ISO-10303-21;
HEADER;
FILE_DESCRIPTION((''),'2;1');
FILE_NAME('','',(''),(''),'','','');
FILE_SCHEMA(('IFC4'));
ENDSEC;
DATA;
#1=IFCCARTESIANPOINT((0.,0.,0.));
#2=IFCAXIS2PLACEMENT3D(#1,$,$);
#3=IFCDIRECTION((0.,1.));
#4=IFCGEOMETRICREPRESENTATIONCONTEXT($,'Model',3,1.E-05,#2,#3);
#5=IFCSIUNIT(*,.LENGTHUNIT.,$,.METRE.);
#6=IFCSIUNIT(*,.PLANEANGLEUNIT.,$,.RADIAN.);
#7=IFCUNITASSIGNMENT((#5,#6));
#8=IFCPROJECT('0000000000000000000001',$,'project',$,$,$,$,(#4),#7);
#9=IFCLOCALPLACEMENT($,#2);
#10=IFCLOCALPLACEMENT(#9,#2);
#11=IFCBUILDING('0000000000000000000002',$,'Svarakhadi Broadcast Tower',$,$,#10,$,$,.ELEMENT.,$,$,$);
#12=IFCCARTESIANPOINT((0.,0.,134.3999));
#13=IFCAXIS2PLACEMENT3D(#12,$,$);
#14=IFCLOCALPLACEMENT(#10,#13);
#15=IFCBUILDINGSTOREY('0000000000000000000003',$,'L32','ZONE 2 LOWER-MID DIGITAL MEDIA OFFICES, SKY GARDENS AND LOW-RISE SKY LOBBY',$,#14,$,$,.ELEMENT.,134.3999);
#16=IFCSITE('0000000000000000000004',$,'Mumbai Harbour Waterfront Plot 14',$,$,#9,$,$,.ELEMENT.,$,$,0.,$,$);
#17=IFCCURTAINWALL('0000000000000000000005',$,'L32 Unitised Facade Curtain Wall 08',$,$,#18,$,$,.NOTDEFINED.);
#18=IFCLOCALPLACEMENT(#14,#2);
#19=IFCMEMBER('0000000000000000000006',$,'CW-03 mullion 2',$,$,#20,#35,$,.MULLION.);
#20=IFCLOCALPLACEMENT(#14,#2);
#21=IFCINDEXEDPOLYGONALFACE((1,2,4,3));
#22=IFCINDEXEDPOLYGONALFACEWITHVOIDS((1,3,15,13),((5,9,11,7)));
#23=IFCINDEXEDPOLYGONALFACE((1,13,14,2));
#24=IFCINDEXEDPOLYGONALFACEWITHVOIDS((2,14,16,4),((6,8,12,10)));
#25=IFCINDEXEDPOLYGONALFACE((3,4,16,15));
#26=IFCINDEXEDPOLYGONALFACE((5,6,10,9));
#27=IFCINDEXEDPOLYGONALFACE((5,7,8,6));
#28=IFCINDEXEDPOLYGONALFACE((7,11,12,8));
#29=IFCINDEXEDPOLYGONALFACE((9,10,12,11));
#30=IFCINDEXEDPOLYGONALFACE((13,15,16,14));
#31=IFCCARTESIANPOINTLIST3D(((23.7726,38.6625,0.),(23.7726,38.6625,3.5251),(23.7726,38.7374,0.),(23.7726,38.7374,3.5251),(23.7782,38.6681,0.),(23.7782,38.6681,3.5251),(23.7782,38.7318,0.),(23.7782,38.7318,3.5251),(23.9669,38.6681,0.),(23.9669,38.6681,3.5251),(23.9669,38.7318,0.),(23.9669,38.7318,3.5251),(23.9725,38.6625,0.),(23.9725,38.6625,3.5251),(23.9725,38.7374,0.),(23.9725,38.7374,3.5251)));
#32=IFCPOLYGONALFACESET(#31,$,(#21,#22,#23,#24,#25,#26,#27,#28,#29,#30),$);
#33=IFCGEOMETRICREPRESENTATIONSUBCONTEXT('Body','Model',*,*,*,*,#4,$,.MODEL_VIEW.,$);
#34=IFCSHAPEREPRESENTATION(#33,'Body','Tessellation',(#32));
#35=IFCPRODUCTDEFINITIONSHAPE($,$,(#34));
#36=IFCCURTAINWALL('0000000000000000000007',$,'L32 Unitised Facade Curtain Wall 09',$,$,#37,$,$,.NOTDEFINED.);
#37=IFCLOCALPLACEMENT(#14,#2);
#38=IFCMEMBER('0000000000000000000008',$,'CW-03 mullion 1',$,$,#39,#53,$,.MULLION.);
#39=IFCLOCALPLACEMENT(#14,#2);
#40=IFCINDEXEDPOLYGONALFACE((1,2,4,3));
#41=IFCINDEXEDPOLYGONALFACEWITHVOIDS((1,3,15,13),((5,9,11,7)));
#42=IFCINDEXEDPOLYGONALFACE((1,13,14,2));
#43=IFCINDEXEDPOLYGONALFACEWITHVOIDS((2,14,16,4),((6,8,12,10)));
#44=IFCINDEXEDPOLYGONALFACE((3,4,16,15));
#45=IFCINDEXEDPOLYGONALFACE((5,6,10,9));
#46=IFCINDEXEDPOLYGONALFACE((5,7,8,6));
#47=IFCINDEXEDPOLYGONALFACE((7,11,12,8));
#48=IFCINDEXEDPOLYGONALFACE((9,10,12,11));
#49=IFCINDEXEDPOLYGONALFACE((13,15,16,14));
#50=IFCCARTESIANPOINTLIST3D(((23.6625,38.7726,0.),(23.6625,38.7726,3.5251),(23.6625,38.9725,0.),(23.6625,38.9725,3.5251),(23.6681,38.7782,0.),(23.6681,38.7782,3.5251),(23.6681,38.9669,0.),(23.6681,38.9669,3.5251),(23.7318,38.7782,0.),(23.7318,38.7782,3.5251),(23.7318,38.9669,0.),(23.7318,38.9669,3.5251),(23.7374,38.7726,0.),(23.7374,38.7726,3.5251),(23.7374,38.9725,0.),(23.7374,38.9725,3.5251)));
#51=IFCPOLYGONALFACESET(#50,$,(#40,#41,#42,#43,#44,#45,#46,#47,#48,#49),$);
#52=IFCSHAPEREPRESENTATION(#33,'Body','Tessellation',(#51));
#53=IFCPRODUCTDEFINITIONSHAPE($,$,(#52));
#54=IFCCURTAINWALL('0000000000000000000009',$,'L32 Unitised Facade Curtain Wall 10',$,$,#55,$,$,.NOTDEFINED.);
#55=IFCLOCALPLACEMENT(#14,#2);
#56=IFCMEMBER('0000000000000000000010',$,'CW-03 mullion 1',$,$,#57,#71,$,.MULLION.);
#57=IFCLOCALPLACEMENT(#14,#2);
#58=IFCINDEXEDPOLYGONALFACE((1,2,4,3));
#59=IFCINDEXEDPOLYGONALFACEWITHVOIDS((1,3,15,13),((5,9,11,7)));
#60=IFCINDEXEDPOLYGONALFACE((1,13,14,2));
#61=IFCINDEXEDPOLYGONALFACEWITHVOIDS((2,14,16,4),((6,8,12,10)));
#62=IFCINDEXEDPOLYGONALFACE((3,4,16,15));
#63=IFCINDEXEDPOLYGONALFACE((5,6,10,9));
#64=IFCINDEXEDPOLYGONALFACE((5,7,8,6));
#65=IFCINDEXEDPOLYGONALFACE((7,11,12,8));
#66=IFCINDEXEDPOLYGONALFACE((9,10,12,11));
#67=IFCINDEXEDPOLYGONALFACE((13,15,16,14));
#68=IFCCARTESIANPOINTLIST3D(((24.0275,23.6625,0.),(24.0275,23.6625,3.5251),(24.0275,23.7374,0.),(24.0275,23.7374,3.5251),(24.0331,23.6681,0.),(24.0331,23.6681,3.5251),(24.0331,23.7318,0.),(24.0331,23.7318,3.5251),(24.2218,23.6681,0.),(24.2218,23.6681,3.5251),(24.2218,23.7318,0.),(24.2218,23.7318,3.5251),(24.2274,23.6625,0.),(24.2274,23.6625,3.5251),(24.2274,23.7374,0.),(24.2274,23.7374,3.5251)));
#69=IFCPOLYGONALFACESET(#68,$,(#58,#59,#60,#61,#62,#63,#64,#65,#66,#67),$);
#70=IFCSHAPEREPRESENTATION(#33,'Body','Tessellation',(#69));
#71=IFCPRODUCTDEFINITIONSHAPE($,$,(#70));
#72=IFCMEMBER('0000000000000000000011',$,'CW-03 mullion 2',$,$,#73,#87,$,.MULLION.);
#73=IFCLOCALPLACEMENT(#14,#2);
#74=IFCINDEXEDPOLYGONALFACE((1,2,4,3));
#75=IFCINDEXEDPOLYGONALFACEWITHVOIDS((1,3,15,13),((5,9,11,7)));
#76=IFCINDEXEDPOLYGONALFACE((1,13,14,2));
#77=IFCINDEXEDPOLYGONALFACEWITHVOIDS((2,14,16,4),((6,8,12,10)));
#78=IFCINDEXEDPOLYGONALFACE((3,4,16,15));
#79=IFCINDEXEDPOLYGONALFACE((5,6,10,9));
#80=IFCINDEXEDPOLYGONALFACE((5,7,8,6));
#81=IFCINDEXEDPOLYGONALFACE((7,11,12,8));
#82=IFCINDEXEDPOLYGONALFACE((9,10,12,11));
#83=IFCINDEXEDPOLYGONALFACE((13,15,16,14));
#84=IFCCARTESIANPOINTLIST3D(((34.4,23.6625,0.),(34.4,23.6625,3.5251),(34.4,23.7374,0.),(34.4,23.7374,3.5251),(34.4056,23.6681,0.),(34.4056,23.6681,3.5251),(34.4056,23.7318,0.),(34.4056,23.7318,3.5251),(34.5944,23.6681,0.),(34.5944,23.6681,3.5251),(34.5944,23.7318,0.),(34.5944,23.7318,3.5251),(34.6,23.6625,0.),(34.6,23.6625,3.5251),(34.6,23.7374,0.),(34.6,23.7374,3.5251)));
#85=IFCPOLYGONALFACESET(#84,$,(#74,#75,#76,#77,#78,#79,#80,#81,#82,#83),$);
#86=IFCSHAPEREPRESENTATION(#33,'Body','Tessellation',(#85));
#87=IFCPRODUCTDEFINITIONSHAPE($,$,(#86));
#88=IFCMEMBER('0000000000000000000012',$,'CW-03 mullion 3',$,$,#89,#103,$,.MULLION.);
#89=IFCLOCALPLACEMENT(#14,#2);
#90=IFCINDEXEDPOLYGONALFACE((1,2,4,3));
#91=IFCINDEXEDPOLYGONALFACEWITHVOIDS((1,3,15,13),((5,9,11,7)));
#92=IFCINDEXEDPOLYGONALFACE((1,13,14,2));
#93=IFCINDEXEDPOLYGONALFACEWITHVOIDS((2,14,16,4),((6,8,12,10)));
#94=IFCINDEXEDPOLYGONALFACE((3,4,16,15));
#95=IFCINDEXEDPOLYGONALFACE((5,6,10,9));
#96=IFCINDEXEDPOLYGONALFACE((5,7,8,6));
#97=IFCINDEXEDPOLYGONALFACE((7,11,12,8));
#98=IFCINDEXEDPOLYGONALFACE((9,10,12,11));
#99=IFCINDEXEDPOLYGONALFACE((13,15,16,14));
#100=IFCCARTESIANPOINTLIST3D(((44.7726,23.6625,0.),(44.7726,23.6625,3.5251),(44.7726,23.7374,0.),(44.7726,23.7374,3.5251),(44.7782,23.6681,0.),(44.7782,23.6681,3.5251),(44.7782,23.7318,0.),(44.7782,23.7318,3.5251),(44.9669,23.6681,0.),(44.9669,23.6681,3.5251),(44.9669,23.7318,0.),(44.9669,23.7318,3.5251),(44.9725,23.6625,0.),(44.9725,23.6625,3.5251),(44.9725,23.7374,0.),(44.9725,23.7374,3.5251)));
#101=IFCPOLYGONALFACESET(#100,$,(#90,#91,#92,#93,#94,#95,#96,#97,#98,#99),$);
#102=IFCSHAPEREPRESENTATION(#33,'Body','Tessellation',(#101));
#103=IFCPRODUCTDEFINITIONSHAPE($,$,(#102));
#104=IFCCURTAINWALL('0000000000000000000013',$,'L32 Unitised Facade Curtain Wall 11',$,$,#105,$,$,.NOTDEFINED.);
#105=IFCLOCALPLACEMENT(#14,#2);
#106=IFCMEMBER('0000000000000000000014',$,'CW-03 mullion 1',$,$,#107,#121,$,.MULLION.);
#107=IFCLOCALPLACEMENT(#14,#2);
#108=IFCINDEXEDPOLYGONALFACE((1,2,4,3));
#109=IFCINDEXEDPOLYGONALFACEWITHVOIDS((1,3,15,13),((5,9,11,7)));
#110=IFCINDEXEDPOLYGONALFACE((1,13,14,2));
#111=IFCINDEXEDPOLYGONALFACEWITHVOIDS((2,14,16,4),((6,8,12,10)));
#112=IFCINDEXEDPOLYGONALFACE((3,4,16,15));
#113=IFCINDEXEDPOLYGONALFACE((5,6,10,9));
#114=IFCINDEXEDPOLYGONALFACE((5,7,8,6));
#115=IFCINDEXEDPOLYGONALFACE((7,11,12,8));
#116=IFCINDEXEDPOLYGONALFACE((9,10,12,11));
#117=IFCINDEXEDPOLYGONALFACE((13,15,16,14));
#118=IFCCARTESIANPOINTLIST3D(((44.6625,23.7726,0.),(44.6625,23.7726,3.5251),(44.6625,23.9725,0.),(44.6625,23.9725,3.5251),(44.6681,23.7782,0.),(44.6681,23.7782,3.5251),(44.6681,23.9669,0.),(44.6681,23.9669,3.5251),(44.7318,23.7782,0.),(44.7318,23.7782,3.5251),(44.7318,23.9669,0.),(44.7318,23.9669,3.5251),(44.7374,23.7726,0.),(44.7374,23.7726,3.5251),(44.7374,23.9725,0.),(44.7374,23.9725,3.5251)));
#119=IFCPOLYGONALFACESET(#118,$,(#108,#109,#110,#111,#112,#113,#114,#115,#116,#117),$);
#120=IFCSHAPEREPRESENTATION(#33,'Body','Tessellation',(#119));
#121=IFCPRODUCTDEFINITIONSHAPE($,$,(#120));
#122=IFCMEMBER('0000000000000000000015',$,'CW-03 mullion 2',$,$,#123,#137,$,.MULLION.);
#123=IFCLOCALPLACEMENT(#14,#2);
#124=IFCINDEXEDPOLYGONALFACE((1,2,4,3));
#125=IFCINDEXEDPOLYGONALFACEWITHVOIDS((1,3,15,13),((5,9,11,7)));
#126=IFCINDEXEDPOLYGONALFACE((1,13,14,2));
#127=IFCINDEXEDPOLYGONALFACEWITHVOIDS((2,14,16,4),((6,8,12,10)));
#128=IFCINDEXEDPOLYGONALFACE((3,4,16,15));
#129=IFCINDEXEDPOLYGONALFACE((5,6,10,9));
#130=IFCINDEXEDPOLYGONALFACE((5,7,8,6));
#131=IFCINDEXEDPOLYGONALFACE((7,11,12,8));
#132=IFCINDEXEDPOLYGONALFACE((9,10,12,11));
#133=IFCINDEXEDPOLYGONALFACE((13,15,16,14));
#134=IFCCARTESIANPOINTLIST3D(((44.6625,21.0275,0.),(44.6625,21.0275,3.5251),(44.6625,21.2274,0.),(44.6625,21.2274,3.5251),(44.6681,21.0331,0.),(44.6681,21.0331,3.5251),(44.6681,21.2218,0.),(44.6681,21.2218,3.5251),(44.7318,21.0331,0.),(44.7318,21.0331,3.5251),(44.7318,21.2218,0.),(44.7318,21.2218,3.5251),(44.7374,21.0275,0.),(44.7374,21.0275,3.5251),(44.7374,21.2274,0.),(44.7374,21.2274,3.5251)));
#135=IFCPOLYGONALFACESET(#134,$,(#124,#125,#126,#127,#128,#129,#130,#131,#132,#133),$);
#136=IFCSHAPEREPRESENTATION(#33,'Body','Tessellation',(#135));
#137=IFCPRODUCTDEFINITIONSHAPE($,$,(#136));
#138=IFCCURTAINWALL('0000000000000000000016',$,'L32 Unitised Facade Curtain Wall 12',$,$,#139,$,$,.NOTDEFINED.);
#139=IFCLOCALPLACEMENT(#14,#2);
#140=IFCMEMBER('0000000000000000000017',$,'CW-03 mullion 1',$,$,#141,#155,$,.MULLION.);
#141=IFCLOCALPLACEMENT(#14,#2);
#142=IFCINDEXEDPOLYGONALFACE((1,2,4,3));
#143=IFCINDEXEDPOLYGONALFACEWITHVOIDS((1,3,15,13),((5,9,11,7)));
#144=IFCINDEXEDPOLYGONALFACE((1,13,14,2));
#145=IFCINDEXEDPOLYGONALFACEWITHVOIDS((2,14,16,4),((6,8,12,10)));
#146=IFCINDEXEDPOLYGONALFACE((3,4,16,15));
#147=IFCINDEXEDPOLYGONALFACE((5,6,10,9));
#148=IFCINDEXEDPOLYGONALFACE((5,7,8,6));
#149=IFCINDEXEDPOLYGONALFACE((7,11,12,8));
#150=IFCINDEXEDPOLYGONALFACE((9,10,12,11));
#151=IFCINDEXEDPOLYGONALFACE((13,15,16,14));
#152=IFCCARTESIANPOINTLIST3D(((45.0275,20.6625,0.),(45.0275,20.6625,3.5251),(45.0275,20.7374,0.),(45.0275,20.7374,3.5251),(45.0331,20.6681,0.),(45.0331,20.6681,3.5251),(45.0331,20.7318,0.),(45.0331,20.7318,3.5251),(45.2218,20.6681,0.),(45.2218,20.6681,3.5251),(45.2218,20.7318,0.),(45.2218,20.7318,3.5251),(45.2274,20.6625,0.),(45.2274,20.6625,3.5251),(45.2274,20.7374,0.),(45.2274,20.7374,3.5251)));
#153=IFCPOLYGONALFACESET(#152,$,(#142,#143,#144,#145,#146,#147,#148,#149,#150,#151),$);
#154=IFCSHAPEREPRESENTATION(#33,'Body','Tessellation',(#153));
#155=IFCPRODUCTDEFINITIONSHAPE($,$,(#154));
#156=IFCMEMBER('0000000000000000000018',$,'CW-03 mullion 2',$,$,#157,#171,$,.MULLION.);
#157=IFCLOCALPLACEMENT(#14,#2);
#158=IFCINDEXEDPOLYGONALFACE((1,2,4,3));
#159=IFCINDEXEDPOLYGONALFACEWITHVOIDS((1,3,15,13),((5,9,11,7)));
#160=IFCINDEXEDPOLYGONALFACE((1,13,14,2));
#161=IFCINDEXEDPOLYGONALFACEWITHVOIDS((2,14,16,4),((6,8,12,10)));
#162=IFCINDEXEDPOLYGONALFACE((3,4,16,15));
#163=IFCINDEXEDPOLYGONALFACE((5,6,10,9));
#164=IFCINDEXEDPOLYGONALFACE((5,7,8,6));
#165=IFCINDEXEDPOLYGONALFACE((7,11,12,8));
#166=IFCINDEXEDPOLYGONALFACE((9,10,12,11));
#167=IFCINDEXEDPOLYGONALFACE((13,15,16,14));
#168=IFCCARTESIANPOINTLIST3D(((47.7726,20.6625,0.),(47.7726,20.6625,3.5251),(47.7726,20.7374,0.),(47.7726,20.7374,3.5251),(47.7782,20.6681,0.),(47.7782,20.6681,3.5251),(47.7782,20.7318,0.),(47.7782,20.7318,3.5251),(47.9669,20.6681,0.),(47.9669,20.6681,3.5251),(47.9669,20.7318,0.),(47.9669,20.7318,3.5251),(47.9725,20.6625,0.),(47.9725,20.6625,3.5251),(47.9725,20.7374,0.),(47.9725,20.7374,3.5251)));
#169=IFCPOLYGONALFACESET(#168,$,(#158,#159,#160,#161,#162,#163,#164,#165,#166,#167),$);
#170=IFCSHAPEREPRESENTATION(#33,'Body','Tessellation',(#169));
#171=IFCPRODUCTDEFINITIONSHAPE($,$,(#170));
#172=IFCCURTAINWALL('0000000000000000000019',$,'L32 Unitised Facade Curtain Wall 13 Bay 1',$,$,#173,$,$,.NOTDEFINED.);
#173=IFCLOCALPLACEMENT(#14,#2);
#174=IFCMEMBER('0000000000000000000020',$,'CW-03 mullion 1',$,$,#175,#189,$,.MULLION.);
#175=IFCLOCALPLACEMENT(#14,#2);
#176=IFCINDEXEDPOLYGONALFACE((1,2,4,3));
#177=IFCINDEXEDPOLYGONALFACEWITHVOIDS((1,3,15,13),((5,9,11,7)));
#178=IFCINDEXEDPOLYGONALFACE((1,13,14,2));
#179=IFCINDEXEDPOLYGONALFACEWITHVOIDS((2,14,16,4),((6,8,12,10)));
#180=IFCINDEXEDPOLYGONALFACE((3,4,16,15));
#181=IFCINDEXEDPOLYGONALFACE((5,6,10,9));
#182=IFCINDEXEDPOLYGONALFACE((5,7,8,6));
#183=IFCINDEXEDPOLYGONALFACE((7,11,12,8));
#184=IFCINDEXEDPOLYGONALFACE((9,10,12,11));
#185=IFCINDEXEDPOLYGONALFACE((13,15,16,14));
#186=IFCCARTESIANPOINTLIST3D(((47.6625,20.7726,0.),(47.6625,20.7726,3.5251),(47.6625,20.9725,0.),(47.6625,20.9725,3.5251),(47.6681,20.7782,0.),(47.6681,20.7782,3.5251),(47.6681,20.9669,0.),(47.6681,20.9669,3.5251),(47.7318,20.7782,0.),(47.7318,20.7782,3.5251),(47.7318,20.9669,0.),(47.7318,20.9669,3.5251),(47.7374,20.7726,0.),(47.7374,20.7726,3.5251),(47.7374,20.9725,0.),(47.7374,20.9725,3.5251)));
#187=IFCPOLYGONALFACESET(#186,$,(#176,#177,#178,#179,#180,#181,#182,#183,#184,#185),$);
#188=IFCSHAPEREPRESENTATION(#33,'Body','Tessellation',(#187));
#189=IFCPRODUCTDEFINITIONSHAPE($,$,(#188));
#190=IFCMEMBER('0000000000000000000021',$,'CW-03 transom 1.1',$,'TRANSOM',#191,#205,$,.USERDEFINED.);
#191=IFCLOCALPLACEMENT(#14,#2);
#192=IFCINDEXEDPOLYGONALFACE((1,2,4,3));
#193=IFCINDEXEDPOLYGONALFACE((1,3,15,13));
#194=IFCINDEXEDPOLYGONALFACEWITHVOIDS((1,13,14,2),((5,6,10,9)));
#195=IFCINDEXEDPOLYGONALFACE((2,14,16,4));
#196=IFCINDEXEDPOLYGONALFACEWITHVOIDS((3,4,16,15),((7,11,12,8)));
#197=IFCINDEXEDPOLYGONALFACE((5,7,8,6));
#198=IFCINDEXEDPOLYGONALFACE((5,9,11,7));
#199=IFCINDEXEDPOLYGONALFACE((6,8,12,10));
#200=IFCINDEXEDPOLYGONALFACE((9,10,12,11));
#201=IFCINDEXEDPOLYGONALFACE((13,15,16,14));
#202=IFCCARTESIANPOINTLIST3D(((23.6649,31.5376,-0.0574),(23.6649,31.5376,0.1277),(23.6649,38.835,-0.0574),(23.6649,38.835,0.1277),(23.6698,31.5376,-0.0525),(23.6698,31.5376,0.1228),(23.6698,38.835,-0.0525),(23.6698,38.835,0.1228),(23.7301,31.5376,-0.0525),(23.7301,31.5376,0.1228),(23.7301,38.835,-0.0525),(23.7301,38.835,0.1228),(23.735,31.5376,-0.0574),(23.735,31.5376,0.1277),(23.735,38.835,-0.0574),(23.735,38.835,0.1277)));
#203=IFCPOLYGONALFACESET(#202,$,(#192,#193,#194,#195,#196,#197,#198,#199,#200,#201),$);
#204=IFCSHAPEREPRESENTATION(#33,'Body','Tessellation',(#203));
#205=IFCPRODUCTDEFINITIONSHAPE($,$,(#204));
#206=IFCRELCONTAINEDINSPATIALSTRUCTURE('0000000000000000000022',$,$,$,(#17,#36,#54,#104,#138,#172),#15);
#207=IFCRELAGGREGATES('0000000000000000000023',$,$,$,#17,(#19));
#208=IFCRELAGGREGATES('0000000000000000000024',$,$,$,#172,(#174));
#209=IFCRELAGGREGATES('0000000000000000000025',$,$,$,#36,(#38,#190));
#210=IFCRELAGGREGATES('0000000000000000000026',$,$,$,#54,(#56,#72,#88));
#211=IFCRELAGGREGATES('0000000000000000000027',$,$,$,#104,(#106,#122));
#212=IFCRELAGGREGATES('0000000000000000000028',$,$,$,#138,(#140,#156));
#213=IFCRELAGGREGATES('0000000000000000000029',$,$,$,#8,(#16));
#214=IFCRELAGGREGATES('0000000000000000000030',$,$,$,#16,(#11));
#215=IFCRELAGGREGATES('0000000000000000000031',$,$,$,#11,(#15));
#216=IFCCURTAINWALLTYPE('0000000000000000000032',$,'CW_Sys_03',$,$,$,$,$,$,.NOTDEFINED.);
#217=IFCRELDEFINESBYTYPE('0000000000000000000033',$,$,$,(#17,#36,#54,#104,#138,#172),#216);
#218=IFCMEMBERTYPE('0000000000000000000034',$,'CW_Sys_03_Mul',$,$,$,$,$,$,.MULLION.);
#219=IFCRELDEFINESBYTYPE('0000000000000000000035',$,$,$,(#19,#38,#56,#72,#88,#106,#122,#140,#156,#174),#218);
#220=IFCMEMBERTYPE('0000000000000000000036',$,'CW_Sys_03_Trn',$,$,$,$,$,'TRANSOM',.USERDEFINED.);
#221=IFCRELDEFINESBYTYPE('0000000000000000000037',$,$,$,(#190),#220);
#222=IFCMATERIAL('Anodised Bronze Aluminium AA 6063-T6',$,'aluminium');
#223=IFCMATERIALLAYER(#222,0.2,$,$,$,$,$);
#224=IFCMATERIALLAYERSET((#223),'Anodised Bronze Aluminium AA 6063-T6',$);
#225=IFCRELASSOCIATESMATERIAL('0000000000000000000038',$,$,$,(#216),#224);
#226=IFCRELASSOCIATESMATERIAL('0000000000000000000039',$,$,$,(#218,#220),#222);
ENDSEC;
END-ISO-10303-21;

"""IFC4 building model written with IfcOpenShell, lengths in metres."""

from ifc_helpers import new_model, si_unit, direction, frame, origin, origin_2d, place, context, subcontext, project, spatial, hollow_rectangle, extrude, material, layer, layer_set, material_profile, profile_set, type_object, element, aggregate, save


model = new_model("IFC4")

# Units and contexts
model_context = context("Model", 3, precision=1e-05, world=origin(), true_north=direction((0.0, 1.0)))
body_context = subcontext(model_context, "Body", "Model", "MODEL_VIEW")
ifc_project = project(units=[si_unit("LENGTHUNIT", "METRE"), si_unit("PLANEANGLEUNIT", "RADIAN")], contexts=[model_context])

# Site, building, storey
site_placement = place(None, origin())
site = spatial("IfcSite", under=ifc_project, at=site_placement, Name="Mumbai Harbour Waterfront Plot 14", CompositionType="ELEMENT", RefElevation=0.0)
building_placement = place(site_placement, origin())
building = spatial("IfcBuilding", under=site, at=building_placement, Name="Svarakhadi Broadcast Tower", CompositionType="ELEMENT")
storey_placement = place(building_placement, frame((0.0, 0.0, 134.3999)))
storey = spatial("IfcBuildingStorey", under=building, at=storey_placement, Name="L32", Description="ZONE 2 LOWER-MID DIGITAL MEDIA OFFICES, SKY GARDENS AND LOW-RISE SKY LOBBY", CompositionType="ELEMENT", Elevation=134.3999)

# Curtain walls, members
ifc_material_1 = material(Name="Anodised Bronze Aluminium AA 6063-T6", Category="aluminium")
ifc_layer_1 = layer(ifc_material_1, 0.2)
ifc_layer_set_1 = layer_set([ifc_layer_1], Name="Anodised Bronze Aluminium AA 6063-T6")
curtain_wall_type = type_object("IfcCurtainWallType", Name="CW_Sys_03", PredefinedType="NOTDEFINED", material=ifc_layer_set_1)
curtain_wall_1_placement = place(storey_placement, origin())
curtain_wall_1 = element("IfcCurtainWall", 1, at=curtain_wall_1_placement, inside=storey, type_object=curtain_wall_type, Name="L32 Unitised Facade Curtain Wall 08", PredefinedType="NOTDEFINED")
ifc_material_profile_1 = material_profile(ifc_material_1, hollow_rectangle(XDim=0.075, YDim=0.2, WallThickness=0.0056, at=origin_2d()), Name="ALU MULLION 200x75x6")
ifc_profile_set_1 = profile_set([ifc_material_profile_1], Name="Anodised Bronze Aluminium AA 6063-T6")
member_type_1 = type_object("IfcMemberType", Name="CW_Sys_03_Mul", PredefinedType="MULLION", material=ifc_profile_set_1)
member_1_placement = place(storey_placement, frame((23.8726, 38.7, 0.0), z_axis=(0.0, 0.0, 1.0), x_axis=(0.0, 1.0, 0.0)))
member_1 = element("IfcMember", 2, at=member_1_placement, type_object=member_type_1, Name="CW-03 mullion 2", PredefinedType="MULLION", context=body_context, shape_type="SweptSolid", body=[
    extrude(hollow_rectangle(XDim=0.075, YDim=0.2, WallThickness=0.0056, at=origin_2d()), origin(), (0.0, 0.0, 1.0), 3.5251),
])
aggregate(curtain_wall_1, [member_1])
curtain_wall_2_placement = place(storey_placement, origin())
curtain_wall_2 = element("IfcCurtainWall", 3, at=curtain_wall_2_placement, inside=storey, type_object=curtain_wall_type, Name="L32 Unitised Facade Curtain Wall 09", PredefinedType="NOTDEFINED")
member_2_placement = place(storey_placement, frame((23.7, 38.8726, 0.0), z_axis=(0.0, 0.0, 1.0), x_axis=(1.0, 0.0, 0.0)))
member_2 = element("IfcMember", 4, at=member_2_placement, type_object=member_type_1, Name="CW-03 mullion 1", PredefinedType="MULLION", context=body_context, shape_type="SweptSolid", body=[
    extrude(hollow_rectangle(XDim=0.075, YDim=0.2, WallThickness=0.0056, at=origin_2d()), origin(), (0.0, 0.0, 1.0), 3.5251),
])

# Curtain walls, members
curtain_wall_3_placement = place(storey_placement, origin())
curtain_wall_3 = element("IfcCurtainWall", 5, at=curtain_wall_3_placement, inside=storey, type_object=curtain_wall_type, Name="L32 Unitised Facade Curtain Wall 10", PredefinedType="NOTDEFINED")
member_3_placement = place(storey_placement, frame((24.1274, 23.7, 0.0), z_axis=(0.0, 0.0, 1.0), x_axis=(0.0, 1.0, 0.0)))
member_3 = element("IfcMember", 6, at=member_3_placement, type_object=member_type_1, Name="CW-03 mullion 1", PredefinedType="MULLION", context=body_context, shape_type="SweptSolid", body=[
    extrude(hollow_rectangle(XDim=0.075, YDim=0.2, WallThickness=0.0056, at=origin_2d()), origin(), (0.0, 0.0, 1.0), 3.5251),
])
member_4_placement = place(storey_placement, frame((34.5, 23.7, 0.0), z_axis=(0.0, 0.0, 1.0), x_axis=(0.0, 1.0, 0.0)))
member_4 = element("IfcMember", 7, at=member_4_placement, type_object=member_type_1, Name="CW-03 mullion 2", PredefinedType="MULLION", context=body_context, shape_type="SweptSolid", body=[
    extrude(hollow_rectangle(XDim=0.075, YDim=0.2, WallThickness=0.0056, at=origin_2d()), origin(), (0.0, 0.0, 1.0), 3.5251),
])
member_5_placement = place(storey_placement, frame((44.8726, 23.7, 0.0), z_axis=(0.0, 0.0, 1.0), x_axis=(0.0, 1.0, 0.0)))
member_5 = element("IfcMember", 8, at=member_5_placement, type_object=member_type_1, Name="CW-03 mullion 3", PredefinedType="MULLION", context=body_context, shape_type="SweptSolid", body=[
    extrude(hollow_rectangle(XDim=0.075, YDim=0.2, WallThickness=0.0056, at=origin_2d()), origin(), (0.0, 0.0, 1.0), 3.5251),
])
curtain_wall_4_placement = place(storey_placement, origin())
curtain_wall_4 = element("IfcCurtainWall", 9, at=curtain_wall_4_placement, inside=storey, type_object=curtain_wall_type, Name="L32 Unitised Facade Curtain Wall 11", PredefinedType="NOTDEFINED")
member_6_placement = place(storey_placement, frame((44.7, 23.8726, 0.0), z_axis=(0.0, 0.0, 1.0), x_axis=(1.0, 0.0, 0.0)))
member_6 = element("IfcMember", 10, at=member_6_placement, type_object=member_type_1, Name="CW-03 mullion 1", PredefinedType="MULLION", context=body_context, shape_type="SweptSolid", body=[
    extrude(hollow_rectangle(XDim=0.075, YDim=0.2, WallThickness=0.0056, at=origin_2d()), origin(), (0.0, 0.0, 1.0), 3.5251),
])
member_7_placement = place(storey_placement, frame((44.7, 21.1274, 0.0), z_axis=(0.0, 0.0, 1.0), x_axis=(1.0, 0.0, 0.0)))
member_7 = element("IfcMember", 11, at=member_7_placement, type_object=member_type_1, Name="CW-03 mullion 2", PredefinedType="MULLION", context=body_context, shape_type="SweptSolid", body=[
    extrude(hollow_rectangle(XDim=0.075, YDim=0.2, WallThickness=0.0056, at=origin_2d()), origin(), (0.0, 0.0, 1.0), 3.5251),
])
curtain_wall_5_placement = place(storey_placement, origin())
curtain_wall_5 = element("IfcCurtainWall", 12, at=curtain_wall_5_placement, inside=storey, type_object=curtain_wall_type, Name="L32 Unitised Facade Curtain Wall 12", PredefinedType="NOTDEFINED")
member_8_placement = place(storey_placement, frame((45.1274, 20.7, 0.0), z_axis=(0.0, 0.0, 1.0), x_axis=(0.0, 1.0, 0.0)))
member_8 = element("IfcMember", 13, at=member_8_placement, type_object=member_type_1, Name="CW-03 mullion 1", PredefinedType="MULLION", context=body_context, shape_type="SweptSolid", body=[
    extrude(hollow_rectangle(XDim=0.075, YDim=0.2, WallThickness=0.0056, at=origin_2d()), origin(), (0.0, 0.0, 1.0), 3.5251),
])
member_9_placement = place(storey_placement, frame((47.8726, 20.7, 0.0), z_axis=(0.0, 0.0, 1.0), x_axis=(0.0, 1.0, 0.0)))
member_9 = element("IfcMember", 14, at=member_9_placement, type_object=member_type_1, Name="CW-03 mullion 2", PredefinedType="MULLION", context=body_context, shape_type="SweptSolid", body=[
    extrude(hollow_rectangle(XDim=0.075, YDim=0.2, WallThickness=0.0056, at=origin_2d()), origin(), (0.0, 0.0, 1.0), 3.5251),
])

# Curtain wall, member
curtain_wall_6_placement = place(storey_placement, origin())
curtain_wall_6 = element("IfcCurtainWall", 15, at=curtain_wall_6_placement, inside=storey, type_object=curtain_wall_type, Name="L32 Unitised Facade Curtain Wall 13 Bay 1", PredefinedType="NOTDEFINED")
member_10_placement = place(storey_placement, frame((47.7, 20.8726, 0.0), z_axis=(0.0, 0.0, 1.0), x_axis=(1.0, 0.0, 0.0)))
member_10 = element("IfcMember", 16, at=member_10_placement, type_object=member_type_1, Name="CW-03 mullion 1", PredefinedType="MULLION", context=body_context, shape_type="SweptSolid", body=[
    extrude(hollow_rectangle(XDim=0.075, YDim=0.2, WallThickness=0.0056, at=origin_2d()), origin(), (0.0, 0.0, 1.0), 3.5251),
])

# Member
ifc_material_profile_2 = material_profile(ifc_material_1, hollow_rectangle(XDim=0.0701, YDim=0.1851, WallThickness=0.0049, at=origin_2d()), Name="ALU TRANSOM 185x70x5")
ifc_profile_set_2 = profile_set([ifc_material_profile_2], Name="Anodised Bronze Aluminium AA 6063-T6")
member_type_2 = type_object("IfcMemberType", Name="CW_Sys_03_Trn", ElementType="TRANSOM", PredefinedType="USERDEFINED", material=ifc_profile_set_2)
member_11_placement = place(storey_placement, frame((23.7, 38.835, 0.0352), z_axis=(0.0, -1.0, 0.0), x_axis=(1.0, 0.0, 0.0)))
member_11 = element("IfcMember", 17, at=member_11_placement, type_object=member_type_2, Name="CW-03 transom 1.1", ObjectType="TRANSOM", PredefinedType="USERDEFINED", context=body_context, shape_type="SweptSolid", body=[
    extrude(hollow_rectangle(XDim=0.0701, YDim=0.1851, WallThickness=0.0049, at=origin_2d()), origin(), (0.0, 0.0, 1.0), 7.2974),
])
aggregate(curtain_wall_6, [member_10])

aggregate(curtain_wall_2, [member_2, member_11])
aggregate(curtain_wall_3, [member_3, member_4, member_5])
aggregate(curtain_wall_4, [member_6, member_7])
aggregate(curtain_wall_5, [member_8, member_9])

save(model, "model.ifc")
